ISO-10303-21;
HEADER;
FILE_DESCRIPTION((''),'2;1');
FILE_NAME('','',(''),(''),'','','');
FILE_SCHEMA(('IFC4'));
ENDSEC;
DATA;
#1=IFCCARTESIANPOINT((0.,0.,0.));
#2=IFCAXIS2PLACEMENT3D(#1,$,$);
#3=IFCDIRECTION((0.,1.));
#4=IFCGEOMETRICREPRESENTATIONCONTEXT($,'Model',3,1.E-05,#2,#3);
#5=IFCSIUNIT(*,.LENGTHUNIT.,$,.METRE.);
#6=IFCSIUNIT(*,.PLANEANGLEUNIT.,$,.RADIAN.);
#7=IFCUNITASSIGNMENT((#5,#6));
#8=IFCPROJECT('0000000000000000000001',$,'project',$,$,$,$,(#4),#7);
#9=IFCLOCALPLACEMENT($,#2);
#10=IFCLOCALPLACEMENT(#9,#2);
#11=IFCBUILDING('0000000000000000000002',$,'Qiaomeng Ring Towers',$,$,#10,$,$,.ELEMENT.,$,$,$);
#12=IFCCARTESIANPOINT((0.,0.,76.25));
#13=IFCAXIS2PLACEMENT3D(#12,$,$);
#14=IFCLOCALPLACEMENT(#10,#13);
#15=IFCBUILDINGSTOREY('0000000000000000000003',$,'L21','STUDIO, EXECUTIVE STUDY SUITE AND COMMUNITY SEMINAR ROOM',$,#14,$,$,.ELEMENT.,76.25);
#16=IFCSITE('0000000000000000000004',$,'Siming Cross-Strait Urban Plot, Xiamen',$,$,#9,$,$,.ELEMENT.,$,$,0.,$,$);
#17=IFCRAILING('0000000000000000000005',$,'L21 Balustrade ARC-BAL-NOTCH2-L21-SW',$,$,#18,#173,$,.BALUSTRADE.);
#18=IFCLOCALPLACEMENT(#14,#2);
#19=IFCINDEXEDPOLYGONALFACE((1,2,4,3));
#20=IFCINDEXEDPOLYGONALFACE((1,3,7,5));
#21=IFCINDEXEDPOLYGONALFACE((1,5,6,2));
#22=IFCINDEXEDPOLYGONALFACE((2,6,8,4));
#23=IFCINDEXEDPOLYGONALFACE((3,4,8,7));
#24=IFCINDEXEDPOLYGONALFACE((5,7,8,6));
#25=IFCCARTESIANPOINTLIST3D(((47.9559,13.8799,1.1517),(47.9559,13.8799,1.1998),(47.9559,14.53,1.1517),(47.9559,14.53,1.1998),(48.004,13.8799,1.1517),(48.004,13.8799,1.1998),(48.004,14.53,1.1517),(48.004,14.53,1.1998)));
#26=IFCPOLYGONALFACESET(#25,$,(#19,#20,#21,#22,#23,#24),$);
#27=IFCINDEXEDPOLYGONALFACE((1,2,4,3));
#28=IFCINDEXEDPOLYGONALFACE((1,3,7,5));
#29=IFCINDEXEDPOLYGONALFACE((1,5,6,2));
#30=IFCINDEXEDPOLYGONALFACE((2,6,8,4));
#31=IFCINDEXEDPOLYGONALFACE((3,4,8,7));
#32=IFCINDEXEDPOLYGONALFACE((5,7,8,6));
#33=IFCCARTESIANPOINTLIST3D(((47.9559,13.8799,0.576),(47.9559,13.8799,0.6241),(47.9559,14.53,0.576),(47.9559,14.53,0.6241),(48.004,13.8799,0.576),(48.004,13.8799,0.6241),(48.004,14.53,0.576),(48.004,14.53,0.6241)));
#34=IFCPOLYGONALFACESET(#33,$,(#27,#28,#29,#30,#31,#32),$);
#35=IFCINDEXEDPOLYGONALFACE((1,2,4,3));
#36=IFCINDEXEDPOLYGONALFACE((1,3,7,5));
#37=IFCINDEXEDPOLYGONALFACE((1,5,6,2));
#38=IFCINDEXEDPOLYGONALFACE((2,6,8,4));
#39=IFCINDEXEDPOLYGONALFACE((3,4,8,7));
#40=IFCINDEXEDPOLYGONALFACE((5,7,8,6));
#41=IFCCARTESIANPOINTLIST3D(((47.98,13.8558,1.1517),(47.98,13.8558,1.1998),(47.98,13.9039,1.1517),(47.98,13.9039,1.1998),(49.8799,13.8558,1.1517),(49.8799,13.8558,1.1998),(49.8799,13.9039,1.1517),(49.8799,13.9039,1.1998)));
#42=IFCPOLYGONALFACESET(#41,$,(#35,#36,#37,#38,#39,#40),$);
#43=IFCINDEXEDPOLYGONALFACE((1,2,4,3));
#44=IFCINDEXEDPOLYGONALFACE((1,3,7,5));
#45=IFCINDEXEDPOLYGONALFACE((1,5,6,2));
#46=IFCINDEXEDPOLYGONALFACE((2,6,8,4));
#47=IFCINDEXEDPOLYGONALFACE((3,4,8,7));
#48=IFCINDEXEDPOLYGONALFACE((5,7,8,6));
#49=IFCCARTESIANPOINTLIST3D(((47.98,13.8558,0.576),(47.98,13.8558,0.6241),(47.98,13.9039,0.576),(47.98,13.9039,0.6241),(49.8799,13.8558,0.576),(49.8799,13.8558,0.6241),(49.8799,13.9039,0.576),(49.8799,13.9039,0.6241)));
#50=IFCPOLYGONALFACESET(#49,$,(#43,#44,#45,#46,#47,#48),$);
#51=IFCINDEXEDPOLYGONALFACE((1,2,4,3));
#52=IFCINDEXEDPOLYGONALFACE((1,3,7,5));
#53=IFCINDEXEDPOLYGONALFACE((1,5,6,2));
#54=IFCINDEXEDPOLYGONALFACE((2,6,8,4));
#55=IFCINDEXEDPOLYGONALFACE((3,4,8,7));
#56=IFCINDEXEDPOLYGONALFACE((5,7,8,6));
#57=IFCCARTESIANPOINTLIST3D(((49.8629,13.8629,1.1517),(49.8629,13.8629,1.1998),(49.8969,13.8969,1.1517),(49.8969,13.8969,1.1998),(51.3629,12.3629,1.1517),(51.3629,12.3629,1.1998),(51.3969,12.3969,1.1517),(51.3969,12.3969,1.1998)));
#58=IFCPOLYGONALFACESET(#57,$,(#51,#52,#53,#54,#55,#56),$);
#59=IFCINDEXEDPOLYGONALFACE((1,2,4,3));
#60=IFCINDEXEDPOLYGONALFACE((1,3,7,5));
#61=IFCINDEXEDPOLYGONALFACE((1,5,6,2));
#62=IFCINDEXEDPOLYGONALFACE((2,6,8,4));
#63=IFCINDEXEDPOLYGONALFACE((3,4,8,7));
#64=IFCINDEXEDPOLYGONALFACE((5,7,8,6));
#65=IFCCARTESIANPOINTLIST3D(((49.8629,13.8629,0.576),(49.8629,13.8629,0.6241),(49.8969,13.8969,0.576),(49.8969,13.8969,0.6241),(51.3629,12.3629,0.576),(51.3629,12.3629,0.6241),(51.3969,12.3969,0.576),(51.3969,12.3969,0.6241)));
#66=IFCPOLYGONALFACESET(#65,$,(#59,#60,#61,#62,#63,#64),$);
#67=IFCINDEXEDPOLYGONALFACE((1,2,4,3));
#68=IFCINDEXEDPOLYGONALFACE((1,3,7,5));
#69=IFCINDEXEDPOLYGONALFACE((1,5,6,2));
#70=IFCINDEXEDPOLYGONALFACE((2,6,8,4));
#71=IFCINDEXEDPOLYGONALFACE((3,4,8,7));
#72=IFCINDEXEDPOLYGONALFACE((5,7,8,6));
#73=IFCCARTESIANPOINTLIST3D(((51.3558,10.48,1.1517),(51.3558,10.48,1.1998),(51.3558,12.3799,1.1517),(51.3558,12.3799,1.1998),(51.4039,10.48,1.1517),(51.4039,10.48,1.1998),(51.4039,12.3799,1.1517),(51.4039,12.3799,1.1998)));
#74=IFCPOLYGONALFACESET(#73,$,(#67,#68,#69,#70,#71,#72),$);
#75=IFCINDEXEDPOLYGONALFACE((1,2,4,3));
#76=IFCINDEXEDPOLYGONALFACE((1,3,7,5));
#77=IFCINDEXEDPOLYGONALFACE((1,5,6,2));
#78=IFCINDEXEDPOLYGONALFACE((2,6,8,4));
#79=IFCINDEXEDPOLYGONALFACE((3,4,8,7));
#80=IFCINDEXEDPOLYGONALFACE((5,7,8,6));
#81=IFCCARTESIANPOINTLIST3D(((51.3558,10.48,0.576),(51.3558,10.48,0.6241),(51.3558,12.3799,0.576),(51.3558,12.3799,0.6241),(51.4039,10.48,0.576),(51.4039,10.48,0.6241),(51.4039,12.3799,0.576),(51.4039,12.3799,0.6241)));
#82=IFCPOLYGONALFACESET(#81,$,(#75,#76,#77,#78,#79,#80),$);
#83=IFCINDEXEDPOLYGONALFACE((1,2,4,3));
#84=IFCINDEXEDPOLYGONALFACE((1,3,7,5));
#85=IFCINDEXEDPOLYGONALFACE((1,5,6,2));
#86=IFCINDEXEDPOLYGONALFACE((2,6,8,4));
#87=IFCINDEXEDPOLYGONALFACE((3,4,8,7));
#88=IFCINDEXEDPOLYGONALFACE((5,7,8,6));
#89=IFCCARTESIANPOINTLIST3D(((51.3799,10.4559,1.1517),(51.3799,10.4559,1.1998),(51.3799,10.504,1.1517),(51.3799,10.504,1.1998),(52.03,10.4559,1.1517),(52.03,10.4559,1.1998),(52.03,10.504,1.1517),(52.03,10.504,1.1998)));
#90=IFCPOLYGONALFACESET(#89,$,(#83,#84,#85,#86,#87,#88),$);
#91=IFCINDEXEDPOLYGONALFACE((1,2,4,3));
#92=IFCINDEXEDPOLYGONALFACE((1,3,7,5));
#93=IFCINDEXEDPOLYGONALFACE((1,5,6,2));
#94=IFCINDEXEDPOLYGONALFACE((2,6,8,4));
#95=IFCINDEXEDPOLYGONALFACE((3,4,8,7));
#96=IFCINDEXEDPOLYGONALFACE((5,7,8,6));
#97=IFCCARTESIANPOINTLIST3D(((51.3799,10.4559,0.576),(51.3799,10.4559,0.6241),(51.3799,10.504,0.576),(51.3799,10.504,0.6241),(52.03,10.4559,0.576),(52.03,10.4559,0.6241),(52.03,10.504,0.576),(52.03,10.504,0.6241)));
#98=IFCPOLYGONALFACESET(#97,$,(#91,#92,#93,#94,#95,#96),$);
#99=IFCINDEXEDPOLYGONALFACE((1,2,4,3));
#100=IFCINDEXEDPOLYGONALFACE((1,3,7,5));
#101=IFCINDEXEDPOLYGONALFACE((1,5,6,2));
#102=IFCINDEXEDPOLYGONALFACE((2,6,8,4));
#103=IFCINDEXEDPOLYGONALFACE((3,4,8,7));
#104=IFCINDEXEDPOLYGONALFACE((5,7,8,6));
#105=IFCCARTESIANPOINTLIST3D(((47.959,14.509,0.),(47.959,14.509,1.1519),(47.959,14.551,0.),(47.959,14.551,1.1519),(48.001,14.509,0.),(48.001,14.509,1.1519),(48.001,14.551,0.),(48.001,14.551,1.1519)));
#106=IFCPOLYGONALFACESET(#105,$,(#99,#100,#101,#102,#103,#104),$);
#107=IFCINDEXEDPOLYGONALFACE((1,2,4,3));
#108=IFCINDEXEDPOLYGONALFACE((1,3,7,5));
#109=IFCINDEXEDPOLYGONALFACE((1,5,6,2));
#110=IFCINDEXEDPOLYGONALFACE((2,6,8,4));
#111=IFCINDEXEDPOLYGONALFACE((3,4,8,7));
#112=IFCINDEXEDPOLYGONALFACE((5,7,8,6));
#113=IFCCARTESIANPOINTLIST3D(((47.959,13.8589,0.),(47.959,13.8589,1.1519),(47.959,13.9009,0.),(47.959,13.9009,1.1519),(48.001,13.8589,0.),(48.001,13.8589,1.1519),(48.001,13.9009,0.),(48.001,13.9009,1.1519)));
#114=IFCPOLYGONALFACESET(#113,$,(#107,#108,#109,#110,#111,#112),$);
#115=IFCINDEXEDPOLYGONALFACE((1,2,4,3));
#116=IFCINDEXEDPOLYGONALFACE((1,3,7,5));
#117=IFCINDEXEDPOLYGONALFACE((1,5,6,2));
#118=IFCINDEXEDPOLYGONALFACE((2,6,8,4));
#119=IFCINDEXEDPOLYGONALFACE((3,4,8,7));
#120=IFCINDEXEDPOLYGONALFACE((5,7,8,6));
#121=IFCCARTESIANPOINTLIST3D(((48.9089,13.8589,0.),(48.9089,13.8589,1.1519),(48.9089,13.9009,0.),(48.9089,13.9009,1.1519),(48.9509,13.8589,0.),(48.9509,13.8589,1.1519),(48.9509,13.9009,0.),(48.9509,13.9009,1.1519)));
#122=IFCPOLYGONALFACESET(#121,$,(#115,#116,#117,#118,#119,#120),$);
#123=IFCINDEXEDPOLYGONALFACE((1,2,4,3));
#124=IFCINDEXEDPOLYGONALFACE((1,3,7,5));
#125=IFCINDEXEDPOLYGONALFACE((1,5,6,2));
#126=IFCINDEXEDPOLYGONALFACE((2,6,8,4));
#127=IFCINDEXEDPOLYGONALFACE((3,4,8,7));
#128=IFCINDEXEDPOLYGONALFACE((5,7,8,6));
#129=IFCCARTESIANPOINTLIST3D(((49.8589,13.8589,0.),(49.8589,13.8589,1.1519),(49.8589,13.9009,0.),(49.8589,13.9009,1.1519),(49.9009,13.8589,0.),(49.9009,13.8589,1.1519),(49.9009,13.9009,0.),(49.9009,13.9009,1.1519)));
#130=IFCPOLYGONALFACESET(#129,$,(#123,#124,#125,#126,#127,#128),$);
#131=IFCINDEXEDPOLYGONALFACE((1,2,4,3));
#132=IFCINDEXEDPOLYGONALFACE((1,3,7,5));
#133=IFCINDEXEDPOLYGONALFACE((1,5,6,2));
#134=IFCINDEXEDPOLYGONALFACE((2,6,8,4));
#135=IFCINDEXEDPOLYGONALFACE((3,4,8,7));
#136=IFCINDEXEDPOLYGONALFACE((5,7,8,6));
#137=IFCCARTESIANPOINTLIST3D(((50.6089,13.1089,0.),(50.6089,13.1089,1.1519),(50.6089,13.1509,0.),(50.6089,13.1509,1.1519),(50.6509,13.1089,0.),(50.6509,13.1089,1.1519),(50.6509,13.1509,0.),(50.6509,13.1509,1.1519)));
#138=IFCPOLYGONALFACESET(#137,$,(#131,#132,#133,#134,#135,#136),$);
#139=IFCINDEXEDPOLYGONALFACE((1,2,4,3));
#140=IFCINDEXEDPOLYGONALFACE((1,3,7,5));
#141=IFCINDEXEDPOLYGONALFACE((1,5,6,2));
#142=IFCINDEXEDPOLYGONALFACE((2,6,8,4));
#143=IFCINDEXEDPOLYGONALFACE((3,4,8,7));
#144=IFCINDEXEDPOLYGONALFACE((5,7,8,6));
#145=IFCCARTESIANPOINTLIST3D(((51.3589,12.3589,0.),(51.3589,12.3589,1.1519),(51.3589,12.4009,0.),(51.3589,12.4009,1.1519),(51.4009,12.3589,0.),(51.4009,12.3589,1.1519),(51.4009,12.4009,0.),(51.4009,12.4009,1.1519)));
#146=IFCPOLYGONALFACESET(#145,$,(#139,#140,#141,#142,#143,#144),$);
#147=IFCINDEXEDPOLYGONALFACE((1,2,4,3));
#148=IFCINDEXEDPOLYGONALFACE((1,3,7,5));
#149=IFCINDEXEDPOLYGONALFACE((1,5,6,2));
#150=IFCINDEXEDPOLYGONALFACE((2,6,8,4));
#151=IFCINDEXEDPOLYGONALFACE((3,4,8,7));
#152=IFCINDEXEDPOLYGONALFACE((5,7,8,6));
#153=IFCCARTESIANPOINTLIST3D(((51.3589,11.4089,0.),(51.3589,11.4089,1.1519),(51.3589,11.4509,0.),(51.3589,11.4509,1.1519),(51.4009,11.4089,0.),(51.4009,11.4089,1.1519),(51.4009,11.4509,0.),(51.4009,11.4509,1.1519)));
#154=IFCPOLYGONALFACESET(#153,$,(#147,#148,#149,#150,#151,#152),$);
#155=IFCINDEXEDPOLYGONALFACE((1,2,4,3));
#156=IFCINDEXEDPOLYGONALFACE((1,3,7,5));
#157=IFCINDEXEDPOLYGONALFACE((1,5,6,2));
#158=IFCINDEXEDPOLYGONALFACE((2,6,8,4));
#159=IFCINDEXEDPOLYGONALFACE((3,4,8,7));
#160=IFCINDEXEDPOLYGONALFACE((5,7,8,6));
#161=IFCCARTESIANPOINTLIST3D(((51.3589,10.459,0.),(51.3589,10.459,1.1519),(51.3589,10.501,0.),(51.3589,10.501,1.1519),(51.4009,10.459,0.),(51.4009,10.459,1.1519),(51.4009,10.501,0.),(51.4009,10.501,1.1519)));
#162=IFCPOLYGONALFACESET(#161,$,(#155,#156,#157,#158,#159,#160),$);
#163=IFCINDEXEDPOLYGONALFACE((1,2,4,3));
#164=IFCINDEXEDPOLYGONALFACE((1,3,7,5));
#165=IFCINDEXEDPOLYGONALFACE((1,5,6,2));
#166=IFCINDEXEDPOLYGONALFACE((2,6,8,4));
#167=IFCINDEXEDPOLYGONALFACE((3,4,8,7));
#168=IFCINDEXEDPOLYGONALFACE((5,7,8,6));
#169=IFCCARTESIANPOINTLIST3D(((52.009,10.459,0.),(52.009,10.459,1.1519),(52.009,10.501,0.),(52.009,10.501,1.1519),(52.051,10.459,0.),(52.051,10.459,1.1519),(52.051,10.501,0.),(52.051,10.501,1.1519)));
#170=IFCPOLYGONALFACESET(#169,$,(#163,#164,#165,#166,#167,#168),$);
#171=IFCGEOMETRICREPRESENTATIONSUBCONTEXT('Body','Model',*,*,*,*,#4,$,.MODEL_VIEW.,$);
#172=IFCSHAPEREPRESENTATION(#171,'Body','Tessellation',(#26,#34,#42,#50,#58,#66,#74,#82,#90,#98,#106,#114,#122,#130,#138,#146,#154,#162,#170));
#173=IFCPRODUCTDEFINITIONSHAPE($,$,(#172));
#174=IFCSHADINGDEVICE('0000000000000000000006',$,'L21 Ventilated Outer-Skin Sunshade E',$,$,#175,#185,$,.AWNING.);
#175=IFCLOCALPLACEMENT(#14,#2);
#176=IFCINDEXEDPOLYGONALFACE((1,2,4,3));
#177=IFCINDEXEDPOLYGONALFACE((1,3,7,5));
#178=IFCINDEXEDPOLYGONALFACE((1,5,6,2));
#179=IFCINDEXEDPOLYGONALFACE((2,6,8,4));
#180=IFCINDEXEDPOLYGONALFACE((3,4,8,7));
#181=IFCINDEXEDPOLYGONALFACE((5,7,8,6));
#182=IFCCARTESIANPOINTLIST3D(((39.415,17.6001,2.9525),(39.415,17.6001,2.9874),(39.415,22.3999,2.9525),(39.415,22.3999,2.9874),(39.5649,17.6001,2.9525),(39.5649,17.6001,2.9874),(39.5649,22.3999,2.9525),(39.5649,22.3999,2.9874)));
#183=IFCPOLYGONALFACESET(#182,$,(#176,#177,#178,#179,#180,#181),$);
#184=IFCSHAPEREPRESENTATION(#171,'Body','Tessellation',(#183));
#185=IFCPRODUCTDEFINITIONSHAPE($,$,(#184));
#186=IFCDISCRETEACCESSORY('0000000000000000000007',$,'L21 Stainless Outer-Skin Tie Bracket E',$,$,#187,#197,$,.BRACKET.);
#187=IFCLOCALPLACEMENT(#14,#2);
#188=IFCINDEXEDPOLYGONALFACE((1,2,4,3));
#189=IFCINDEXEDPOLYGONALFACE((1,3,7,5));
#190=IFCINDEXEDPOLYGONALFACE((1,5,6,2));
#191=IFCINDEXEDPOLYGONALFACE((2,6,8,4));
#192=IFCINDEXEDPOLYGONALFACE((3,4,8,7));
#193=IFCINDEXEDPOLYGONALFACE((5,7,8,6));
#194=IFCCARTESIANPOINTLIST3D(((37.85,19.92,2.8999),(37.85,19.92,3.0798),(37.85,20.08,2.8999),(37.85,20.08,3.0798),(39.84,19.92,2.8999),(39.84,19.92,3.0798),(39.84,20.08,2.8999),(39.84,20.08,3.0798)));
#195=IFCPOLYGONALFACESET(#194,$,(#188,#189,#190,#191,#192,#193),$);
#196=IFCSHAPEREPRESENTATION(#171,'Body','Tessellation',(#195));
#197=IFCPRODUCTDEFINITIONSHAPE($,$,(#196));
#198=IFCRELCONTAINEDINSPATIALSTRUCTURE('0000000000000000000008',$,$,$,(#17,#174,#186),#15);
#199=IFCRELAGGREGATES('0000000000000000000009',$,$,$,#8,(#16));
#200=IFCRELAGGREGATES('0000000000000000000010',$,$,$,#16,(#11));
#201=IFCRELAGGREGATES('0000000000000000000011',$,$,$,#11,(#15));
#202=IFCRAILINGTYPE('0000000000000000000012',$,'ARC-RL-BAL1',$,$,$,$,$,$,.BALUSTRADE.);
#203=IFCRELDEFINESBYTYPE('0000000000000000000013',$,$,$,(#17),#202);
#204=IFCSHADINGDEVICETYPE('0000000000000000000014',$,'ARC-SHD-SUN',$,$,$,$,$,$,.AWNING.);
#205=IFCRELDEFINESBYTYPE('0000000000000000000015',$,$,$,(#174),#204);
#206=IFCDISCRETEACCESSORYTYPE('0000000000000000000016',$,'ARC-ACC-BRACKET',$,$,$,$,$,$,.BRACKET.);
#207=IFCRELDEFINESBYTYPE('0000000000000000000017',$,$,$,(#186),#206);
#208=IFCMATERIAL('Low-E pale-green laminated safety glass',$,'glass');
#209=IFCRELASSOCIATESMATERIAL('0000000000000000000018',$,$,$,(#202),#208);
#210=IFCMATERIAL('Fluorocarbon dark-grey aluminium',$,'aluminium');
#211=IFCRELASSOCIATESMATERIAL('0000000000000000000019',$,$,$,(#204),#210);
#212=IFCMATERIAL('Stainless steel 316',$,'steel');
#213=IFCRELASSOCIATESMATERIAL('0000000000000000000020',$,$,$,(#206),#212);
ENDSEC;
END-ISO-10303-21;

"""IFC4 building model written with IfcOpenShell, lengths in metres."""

from ifc_helpers import new_model, si_unit, direction, frame, origin, origin_2d, place, context, subcontext, project, spatial, rectangle, extrude, source, transform, mapped, material, material_profile, profile_set, type_object, element, save


model = new_model("IFC4")

# Units and contexts
model_context = context("Model", 3, precision=1e-05, world=origin(), true_north=direction((0.0, 1.0)))
body_context = subcontext(model_context, "Body", "Model", "MODEL_VIEW")
ifc_project = project(units=[si_unit("LENGTHUNIT", "METRE"), si_unit("PLANEANGLEUNIT", "RADIAN")], contexts=[model_context])

# Site, building, storey
site_placement = place(None, origin())
site = spatial("IfcSite", under=ifc_project, at=site_placement, Name="Siming Cross-Strait Urban Plot, Xiamen", CompositionType="ELEMENT", RefElevation=0.0)
building_placement = place(site_placement, origin())
building = spatial("IfcBuilding", under=site, at=building_placement, Name="Qiaomeng Ring Towers", CompositionType="ELEMENT")
storey_placement = place(building_placement, frame((0.0, 0.0, 76.25)))
storey = spatial("IfcBuildingStorey", under=building, at=storey_placement, Name="L21", Description="STUDIO, EXECUTIVE STUDY SUITE AND COMMUNITY SEMINAR ROOM", CompositionType="ELEMENT", Elevation=76.25)

# Shared definitions
ifc_material_1 = material(Name="Fluorocarbon dark-grey aluminium", Category="aluminium")

# Shared definitions
ifc_material_2 = material(Name="Stainless steel 316", Category="steel")

# Railing
ifc_material_3 = material(Name="Low-E pale-green laminated safety glass", Category="glass")
railing_type = type_object("IfcRailingType", Name="ARC-RL-BAL1", PredefinedType="BALUSTRADE", material=ifc_material_3)
railing_1_placement = place(storey_placement, frame((47.98, 14.53, 0.0)))
element("IfcRailing", 1, at=railing_1_placement, inside=storey, type_object=railing_type, Name="L21 Balustrade ARC-BAL-NOTCH2-L21-SW", PredefinedType="BALUSTRADE", context=body_context, shape_type="SweptSolid", body=[
    extrude(rectangle(XDim=0.0481, YDim=0.0481, at=origin_2d()), frame((0.0, 0.0, 1.1758), z_axis=(0.0, -1.0, 0.0), x_axis=(1.0, 0.0, 0.0)), (0.0, 0.0, 1.0), 0.6501),
    extrude(rectangle(XDim=0.0481, YDim=0.0481, at=origin_2d()), frame((0.0, 0.0, 0.6001), z_axis=(0.0, -1.0, 0.0), x_axis=(1.0, 0.0, 0.0)), (0.0, 0.0, 1.0), 0.6501),
    extrude(rectangle(XDim=0.0481, YDim=0.0481, at=origin_2d()), frame((0.0, -0.6501, 1.1758), z_axis=(1.0, 0.0, 0.0), x_axis=(0.0, 1.0, 0.0)), (0.0, 0.0, 1.0), 1.8999),
    extrude(rectangle(XDim=0.0481, YDim=0.0481, at=origin_2d()), frame((0.0, -0.6501, 0.6001), z_axis=(1.0, 0.0, 0.0), x_axis=(0.0, 1.0, 0.0)), (0.0, 0.0, 1.0), 1.8999),
    extrude(rectangle(XDim=0.0481, YDim=0.0481, at=origin_2d()), frame((1.8999, -0.6501, 1.1758), z_axis=(0.707107, -0.707107, 0.0), x_axis=(0.707107, 0.707107, 0.0)), (0.0, 0.0, 1.0), 2.1213),
    extrude(rectangle(XDim=0.0481, YDim=0.0481, at=origin_2d()), frame((1.8999, -0.6501, 0.6001), z_axis=(0.707107, -0.707107, 0.0), x_axis=(0.707107, 0.707107, 0.0)), (0.0, 0.0, 1.0), 2.1213),
    extrude(rectangle(XDim=0.0481, YDim=0.0481, at=origin_2d()), frame((3.3999, -2.1501, 1.1758), z_axis=(0.0, -1.0, 0.0), x_axis=(1.0, 0.0, 0.0)), (0.0, 0.0, 1.0), 1.8999),
    extrude(rectangle(XDim=0.0481, YDim=0.0481, at=origin_2d()), frame((3.3999, -2.1501, 0.6001), z_axis=(0.0, -1.0, 0.0), x_axis=(1.0, 0.0, 0.0)), (0.0, 0.0, 1.0), 1.8999),
    extrude(rectangle(XDim=0.0481, YDim=0.0481, at=origin_2d()), frame((3.3999, -4.05, 1.1758), z_axis=(1.0, 0.0, 0.0), x_axis=(0.0, 1.0, 0.0)), (0.0, 0.0, 1.0), 0.6501),
    extrude(rectangle(XDim=0.0481, YDim=0.0481, at=origin_2d()), frame((3.3999, -4.05, 0.6001), z_axis=(1.0, 0.0, 0.0), x_axis=(0.0, 1.0, 0.0)), (0.0, 0.0, 1.0), 0.6501),
    extrude(rectangle(XDim=0.042, YDim=0.042, at=origin_2d()), origin(), (0.0, 0.0, 1.0), 1.1519),
    extrude(rectangle(XDim=0.042, YDim=0.042, at=origin_2d()), frame((0.0, -0.6501, 0.0)), (0.0, 0.0, 1.0), 1.1519),
    extrude(rectangle(XDim=0.042, YDim=0.042, at=origin_2d()), frame((0.95, -0.6501, 0.0)), (0.0, 0.0, 1.0), 1.1519),
    extrude(rectangle(XDim=0.042, YDim=0.042, at=origin_2d()), frame((1.8999, -0.6501, 0.0)), (0.0, 0.0, 1.0), 1.1519),
    extrude(rectangle(XDim=0.042, YDim=0.042, at=origin_2d()), frame((2.6499, -1.4001, 0.0)), (0.0, 0.0, 1.0), 1.1519),
    extrude(rectangle(XDim=0.042, YDim=0.042, at=origin_2d()), frame((3.3999, -2.1501, 0.0)), (0.0, 0.0, 1.0), 1.1519),
    extrude(rectangle(XDim=0.042, YDim=0.042, at=origin_2d()), frame((3.3999, -3.1001, 0.0)), (0.0, 0.0, 1.0), 1.1519),
    extrude(rectangle(XDim=0.042, YDim=0.042, at=origin_2d()), frame((3.3999, -4.05, 0.0)), (0.0, 0.0, 1.0), 1.1519),
    extrude(rectangle(XDim=0.042, YDim=0.042, at=origin_2d()), frame((4.05, -4.05, 0.0)), (0.0, 0.0, 1.0), 1.1519),
])

# Shading device
ifc_material_profile_1 = material_profile(ifc_material_1, rectangle(XDim=0.1499, YDim=0.0349, at=origin_2d()), Name="LV BLADE 150x35")
ifc_profile_set_1 = profile_set([ifc_material_profile_1], Name="Fluorocarbon dark-grey aluminium")
shading_device_type = type_object("IfcShadingDeviceType", Name="ARC-SHD-SUN", PredefinedType="AWNING", material=ifc_profile_set_1)
shared_shape_1 = source(origin(), body_context, "Body", "SweptSolid", [
    extrude(rectangle(XDim=0.1499, YDim=0.0349, at=origin_2d()), origin(), (0.0, 0.0, 1.0), 4.7998),
])
shading_device_placement = place(storey_placement, frame((39.49, 17.6001, 2.97), z_axis=(0.0, 1.0, 0.0), x_axis=(-1.0, 0.0, 0.0)))
element("IfcShadingDevice", 2, at=shading_device_placement, inside=storey, type_object=shading_device_type, Name="L21 Ventilated Outer-Skin Sunshade E", PredefinedType="AWNING", context=body_context, shape_type="MappedRepresentation", body=[
    mapped(shared_shape_1, transform((0.0, 0.0, 0.0), x_axis=(1.0, 0.0, 0.0), y_axis=(0.0, 1.0, 0.0), z_axis=(0.0, 0.0, 1.0), scale=1.0)),
])

# Discrete accessory
discrete_accessory_type = type_object("IfcDiscreteAccessoryType", Name="ARC-ACC-BRACKET", PredefinedType="BRACKET", material=ifc_material_2)
shared_shape_2 = source(origin(), body_context, "Body", "SweptSolid", [
    extrude(rectangle(XDim=1.99, YDim=0.1599, at=origin_2d()), origin(), (0.0, 0.0, 1.0), 0.1799),
])
discrete_accessory_placement = place(storey_placement, frame((38.845, 20.0, 2.8999), z_axis=(0.0, 0.0, 1.0), x_axis=(1.0, 0.0, 0.0)))
element("IfcDiscreteAccessory", 3, at=discrete_accessory_placement, inside=storey, type_object=discrete_accessory_type, Name="L21 Stainless Outer-Skin Tie Bracket E", PredefinedType="BRACKET", context=body_context, shape_type="MappedRepresentation", body=[
    mapped(shared_shape_2, transform((0.0, 0.0, 0.0), x_axis=(1.0, 0.0, 0.0), y_axis=(0.0, 1.0, 0.0), z_axis=(0.0, 0.0, 1.0), scale=1.0)),
])

save(model, "model.ifc")
